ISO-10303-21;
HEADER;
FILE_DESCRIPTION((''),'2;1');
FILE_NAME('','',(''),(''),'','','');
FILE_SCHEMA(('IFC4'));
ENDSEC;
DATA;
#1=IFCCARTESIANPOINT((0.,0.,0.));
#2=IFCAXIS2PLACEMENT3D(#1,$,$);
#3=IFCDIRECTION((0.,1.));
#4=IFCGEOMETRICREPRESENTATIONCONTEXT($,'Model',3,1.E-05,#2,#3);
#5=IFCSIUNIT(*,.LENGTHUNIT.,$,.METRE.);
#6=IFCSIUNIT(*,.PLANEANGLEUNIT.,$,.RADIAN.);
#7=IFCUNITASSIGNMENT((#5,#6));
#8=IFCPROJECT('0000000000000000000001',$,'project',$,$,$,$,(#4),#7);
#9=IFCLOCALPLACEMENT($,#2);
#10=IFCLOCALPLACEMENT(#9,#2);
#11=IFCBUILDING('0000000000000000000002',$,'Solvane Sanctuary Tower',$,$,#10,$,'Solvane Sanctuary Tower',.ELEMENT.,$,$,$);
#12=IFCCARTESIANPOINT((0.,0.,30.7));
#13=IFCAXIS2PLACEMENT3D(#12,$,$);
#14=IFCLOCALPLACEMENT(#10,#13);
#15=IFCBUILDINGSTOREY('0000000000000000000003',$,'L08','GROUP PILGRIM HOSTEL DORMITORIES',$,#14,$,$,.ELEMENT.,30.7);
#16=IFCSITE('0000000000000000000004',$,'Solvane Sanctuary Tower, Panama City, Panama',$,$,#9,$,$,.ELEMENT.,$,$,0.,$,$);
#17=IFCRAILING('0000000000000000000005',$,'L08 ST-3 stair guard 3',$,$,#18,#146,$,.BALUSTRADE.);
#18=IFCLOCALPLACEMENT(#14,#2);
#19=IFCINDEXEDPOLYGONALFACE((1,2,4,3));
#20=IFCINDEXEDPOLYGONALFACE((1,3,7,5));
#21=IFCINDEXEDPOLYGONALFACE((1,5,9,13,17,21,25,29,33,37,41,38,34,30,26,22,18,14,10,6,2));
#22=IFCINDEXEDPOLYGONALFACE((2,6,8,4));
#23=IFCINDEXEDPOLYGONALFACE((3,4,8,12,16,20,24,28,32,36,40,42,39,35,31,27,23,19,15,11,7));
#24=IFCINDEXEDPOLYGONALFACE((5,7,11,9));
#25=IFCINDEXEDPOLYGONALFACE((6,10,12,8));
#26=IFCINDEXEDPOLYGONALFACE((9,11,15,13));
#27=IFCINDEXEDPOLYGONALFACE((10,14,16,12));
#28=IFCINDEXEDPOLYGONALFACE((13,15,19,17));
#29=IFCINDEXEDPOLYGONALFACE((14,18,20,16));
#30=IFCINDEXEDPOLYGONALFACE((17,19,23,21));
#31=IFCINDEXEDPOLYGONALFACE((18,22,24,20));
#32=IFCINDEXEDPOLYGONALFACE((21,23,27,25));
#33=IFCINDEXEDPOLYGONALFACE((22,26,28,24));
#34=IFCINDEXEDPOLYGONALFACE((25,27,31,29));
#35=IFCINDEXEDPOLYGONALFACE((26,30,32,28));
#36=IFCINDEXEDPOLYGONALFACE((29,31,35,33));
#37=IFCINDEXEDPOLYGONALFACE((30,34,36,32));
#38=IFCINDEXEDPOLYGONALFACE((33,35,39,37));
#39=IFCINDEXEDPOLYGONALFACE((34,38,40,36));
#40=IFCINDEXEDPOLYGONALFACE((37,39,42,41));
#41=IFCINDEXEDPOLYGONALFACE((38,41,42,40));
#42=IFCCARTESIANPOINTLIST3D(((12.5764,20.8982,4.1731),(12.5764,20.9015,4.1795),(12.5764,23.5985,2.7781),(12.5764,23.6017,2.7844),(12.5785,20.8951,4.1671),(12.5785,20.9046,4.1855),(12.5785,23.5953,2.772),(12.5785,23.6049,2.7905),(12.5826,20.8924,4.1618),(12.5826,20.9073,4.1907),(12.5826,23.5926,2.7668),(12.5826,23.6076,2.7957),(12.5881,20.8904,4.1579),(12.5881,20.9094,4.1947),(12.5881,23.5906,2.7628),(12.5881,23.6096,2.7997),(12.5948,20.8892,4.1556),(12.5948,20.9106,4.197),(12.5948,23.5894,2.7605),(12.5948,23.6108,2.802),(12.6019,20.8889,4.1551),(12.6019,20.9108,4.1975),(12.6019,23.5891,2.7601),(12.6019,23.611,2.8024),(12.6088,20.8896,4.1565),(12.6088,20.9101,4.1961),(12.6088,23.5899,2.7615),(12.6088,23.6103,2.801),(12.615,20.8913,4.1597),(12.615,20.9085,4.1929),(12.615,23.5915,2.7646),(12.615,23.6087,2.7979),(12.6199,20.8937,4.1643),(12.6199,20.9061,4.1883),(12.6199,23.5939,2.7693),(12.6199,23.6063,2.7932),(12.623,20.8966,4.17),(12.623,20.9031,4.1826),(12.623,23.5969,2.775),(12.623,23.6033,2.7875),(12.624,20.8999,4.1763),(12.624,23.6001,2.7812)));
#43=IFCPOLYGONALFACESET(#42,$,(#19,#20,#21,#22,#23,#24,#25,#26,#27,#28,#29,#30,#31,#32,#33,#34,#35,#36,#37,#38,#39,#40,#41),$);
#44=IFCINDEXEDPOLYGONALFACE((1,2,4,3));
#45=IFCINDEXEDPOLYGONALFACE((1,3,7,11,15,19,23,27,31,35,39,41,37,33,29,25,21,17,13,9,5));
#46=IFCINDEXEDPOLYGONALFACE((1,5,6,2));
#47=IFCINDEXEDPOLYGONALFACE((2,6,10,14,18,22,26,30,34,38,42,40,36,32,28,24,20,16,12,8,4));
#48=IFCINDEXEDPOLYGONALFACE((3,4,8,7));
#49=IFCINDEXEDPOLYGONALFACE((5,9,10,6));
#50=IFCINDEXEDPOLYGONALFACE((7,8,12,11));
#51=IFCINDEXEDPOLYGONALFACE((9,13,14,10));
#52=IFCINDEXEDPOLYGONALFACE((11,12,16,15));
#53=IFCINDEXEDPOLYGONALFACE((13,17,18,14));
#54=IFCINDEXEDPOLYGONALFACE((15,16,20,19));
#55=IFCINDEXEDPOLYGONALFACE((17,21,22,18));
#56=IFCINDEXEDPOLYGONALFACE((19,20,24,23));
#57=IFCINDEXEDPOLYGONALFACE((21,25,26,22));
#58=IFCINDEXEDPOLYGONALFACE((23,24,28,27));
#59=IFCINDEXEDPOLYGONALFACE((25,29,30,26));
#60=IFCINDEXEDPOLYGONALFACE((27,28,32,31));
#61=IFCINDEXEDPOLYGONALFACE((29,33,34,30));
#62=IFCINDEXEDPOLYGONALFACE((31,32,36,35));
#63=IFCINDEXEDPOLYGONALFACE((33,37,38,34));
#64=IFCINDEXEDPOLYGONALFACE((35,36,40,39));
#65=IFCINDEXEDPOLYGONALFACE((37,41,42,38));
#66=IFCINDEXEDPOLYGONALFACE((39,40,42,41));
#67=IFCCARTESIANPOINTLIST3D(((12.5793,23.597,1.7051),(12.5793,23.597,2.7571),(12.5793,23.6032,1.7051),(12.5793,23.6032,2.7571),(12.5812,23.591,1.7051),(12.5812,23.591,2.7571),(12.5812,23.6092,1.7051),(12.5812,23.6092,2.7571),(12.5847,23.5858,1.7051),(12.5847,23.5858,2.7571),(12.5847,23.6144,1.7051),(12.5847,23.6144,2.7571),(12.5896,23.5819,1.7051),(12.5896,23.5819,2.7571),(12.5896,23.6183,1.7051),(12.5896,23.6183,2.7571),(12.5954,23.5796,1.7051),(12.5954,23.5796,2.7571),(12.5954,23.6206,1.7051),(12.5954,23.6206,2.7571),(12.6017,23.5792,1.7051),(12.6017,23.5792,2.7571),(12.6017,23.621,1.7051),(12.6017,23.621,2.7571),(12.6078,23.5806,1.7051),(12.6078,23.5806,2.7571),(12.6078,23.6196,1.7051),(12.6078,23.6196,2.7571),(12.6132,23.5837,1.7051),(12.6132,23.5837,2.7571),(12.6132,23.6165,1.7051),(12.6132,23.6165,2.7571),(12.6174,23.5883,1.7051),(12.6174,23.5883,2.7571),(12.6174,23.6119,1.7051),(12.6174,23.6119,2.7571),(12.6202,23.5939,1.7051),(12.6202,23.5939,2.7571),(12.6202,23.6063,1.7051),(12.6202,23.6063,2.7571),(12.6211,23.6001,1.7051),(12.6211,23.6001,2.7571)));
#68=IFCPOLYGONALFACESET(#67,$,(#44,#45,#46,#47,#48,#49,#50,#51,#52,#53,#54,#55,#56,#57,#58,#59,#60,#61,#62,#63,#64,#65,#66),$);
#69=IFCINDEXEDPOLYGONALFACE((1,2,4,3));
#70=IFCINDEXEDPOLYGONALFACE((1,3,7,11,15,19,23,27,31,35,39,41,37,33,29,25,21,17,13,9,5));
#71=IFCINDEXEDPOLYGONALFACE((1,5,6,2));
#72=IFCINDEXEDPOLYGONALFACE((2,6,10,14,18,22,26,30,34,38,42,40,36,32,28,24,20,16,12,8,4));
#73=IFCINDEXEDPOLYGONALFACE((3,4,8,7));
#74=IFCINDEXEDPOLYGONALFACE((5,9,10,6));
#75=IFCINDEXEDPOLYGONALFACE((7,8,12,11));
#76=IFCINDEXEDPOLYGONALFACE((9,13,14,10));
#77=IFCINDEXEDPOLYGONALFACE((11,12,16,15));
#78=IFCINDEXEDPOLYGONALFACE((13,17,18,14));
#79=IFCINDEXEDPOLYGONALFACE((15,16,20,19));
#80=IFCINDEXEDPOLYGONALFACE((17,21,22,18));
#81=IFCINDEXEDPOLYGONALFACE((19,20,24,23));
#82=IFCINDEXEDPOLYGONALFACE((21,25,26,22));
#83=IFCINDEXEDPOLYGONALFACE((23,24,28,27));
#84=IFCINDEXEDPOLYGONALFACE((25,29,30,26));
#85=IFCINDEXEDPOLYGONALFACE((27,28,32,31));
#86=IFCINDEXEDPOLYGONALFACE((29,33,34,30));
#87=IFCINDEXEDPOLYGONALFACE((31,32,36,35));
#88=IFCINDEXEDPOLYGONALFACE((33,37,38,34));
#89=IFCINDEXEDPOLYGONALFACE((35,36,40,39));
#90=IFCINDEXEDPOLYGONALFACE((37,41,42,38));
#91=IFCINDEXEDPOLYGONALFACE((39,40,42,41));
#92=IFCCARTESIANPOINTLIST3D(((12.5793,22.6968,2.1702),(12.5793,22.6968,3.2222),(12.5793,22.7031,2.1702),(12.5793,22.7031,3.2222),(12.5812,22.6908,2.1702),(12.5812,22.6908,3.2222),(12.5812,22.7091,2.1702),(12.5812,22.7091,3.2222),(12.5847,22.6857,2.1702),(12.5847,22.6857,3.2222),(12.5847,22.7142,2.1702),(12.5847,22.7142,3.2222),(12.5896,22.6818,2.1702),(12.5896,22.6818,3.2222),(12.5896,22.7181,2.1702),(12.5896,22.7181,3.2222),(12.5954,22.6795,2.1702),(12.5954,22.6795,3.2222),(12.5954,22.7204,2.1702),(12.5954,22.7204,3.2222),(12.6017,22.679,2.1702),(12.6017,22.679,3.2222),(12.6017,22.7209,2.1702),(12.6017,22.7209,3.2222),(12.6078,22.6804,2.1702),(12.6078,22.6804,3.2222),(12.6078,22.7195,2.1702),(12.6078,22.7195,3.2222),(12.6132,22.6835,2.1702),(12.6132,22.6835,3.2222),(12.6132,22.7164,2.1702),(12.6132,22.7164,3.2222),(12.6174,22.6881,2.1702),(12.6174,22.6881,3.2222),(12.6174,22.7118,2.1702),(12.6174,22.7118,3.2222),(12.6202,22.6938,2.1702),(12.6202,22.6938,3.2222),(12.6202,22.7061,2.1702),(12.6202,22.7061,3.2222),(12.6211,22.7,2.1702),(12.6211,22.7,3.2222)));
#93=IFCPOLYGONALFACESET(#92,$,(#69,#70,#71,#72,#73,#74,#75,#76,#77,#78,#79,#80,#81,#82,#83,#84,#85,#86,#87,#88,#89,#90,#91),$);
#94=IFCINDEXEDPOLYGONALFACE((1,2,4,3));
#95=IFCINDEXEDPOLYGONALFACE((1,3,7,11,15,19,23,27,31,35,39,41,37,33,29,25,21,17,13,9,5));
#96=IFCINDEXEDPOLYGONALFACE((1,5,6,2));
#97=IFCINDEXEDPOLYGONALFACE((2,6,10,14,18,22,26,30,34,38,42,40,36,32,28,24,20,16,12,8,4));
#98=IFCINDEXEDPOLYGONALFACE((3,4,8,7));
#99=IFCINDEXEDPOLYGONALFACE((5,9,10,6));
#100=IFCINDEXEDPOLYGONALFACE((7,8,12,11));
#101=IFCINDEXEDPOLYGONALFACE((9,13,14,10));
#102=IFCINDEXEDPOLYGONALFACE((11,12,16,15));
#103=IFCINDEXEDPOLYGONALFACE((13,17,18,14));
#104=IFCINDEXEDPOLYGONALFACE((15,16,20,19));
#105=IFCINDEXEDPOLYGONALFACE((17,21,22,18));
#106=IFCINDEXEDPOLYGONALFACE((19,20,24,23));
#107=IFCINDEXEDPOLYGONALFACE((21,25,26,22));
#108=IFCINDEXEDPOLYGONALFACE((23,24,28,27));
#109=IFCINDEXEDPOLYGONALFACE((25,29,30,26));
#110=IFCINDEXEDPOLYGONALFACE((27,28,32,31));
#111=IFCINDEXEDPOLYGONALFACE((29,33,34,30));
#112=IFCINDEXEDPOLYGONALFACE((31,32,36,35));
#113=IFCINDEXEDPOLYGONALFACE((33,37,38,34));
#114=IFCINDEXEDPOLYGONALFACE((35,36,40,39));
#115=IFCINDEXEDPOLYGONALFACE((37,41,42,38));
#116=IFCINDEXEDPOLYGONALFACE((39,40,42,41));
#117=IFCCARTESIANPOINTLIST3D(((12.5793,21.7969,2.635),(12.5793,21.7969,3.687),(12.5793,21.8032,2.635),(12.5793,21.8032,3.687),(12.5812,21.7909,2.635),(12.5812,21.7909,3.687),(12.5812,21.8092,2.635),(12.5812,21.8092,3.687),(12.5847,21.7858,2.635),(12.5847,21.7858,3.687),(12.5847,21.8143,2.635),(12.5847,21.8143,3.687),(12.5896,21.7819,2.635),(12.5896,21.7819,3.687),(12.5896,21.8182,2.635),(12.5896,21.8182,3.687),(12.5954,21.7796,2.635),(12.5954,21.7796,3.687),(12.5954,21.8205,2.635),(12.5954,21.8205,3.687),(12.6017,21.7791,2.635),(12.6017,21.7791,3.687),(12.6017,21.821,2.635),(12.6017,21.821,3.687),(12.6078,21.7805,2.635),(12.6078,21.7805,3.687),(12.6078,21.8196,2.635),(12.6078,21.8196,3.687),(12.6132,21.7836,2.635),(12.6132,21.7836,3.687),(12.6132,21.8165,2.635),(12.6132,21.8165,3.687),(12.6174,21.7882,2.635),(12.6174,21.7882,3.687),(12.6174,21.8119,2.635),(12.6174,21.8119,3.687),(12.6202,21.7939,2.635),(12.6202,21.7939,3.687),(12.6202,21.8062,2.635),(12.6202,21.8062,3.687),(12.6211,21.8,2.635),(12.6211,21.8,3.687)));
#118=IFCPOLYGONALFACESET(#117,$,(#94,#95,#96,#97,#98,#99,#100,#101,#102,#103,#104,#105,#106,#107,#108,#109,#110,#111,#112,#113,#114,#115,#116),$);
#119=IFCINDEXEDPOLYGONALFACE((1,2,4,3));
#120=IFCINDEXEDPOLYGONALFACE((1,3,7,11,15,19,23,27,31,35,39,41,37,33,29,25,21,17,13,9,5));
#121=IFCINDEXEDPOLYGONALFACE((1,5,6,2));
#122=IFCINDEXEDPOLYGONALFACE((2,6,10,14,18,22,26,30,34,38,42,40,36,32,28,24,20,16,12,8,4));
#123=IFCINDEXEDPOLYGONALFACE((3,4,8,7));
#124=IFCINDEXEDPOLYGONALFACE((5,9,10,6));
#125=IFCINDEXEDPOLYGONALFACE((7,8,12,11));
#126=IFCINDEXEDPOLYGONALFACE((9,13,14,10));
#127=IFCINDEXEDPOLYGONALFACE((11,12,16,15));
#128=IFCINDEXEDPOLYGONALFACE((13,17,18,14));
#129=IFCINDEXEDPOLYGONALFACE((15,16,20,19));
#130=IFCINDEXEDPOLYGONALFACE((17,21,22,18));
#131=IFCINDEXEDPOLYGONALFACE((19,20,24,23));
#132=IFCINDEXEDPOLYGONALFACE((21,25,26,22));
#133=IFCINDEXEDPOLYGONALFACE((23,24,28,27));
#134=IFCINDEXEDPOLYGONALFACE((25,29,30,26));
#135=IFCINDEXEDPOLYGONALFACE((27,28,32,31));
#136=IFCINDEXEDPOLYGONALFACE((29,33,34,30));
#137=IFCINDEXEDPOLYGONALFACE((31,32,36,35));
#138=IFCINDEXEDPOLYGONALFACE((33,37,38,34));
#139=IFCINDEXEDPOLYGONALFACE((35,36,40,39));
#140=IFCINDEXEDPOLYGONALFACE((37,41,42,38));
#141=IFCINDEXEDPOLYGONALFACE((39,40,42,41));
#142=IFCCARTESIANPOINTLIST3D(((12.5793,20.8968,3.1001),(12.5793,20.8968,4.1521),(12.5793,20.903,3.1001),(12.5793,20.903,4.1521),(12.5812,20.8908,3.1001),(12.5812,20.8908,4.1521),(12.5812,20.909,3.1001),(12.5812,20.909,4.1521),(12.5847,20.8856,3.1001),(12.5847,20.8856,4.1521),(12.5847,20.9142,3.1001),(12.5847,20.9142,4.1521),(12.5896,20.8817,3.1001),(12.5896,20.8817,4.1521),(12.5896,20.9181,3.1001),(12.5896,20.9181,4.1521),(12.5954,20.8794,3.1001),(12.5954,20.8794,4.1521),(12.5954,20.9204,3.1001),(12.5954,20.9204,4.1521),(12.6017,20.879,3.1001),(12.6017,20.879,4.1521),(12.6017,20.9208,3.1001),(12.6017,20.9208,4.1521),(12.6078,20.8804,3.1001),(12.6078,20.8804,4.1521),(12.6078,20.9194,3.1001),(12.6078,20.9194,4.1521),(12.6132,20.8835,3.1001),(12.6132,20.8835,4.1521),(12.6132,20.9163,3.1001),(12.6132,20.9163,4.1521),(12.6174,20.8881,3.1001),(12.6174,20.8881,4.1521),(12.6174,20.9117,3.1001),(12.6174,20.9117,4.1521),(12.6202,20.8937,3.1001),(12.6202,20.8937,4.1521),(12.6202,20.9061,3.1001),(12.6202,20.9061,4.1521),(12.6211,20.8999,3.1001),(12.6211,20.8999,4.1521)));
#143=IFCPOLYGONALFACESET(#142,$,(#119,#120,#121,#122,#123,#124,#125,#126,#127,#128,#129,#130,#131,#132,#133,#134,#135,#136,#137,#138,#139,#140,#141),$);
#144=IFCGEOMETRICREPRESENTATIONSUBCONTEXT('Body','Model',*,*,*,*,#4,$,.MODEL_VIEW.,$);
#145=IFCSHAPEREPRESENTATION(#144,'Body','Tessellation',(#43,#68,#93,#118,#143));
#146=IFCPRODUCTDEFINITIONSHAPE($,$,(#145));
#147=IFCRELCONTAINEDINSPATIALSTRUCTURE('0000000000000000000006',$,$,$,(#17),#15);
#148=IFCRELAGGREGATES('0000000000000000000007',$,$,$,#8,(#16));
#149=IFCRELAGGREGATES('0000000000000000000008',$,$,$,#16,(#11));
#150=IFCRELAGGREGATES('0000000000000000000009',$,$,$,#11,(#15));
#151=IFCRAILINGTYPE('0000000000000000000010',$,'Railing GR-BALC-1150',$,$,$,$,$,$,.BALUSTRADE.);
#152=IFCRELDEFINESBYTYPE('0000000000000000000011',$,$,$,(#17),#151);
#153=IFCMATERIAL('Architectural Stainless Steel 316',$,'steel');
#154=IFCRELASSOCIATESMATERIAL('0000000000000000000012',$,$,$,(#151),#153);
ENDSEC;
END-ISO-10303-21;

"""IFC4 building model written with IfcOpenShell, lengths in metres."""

from ifc_helpers import new_model, si_unit, direction, frame, origin, origin_2d, place, context, subcontext, project, spatial, circle, extrude, material, type_object, element, save


model = new_model("IFC4")

# Units and contexts
model_context = context("Model", 3, precision=1e-05, world=origin(), true_north=direction((0.0, 1.0)))
body_context = subcontext(model_context, "Body", "Model", "MODEL_VIEW")
ifc_project = project(units=[si_unit("LENGTHUNIT", "METRE"), si_unit("PLANEANGLEUNIT", "RADIAN")], contexts=[model_context])

# Site, building, storey
site_placement = place(None, origin())
site = spatial("IfcSite", under=ifc_project, at=site_placement, Name="Solvane Sanctuary Tower, Panama City, Panama", CompositionType="ELEMENT", RefElevation=0.0)
building_placement = place(site_placement, origin())
building = spatial("IfcBuilding", under=site, at=building_placement, Name="Solvane Sanctuary Tower", LongName="Solvane Sanctuary Tower", CompositionType="ELEMENT")
storey_placement = place(building_placement, frame((0.0, 0.0, 30.7)))
storey = spatial("IfcBuildingStorey", under=building, at=storey_placement, Name="L08", Description="GROUP PILGRIM HOSTEL DORMITORIES", CompositionType="ELEMENT", Elevation=30.7)

# Railing
ifc_material_1 = material(Name="Architectural Stainless Steel 316", Category="steel")
railing_type_1 = type_object("IfcRailingType", Name="Railing GR-BALC-1150", PredefinedType="BALUSTRADE", material=ifc_material_1)
railing_1_placement = place(storey_placement, frame((12.6001, 23.6001, 1.7051)))
element("IfcRailing", 1, at=railing_1_placement, inside=storey, type_object=railing_type_1, Name="L08 ST-3 stair guard 3", PredefinedType="BALUSTRADE", context=body_context, shape_type="SweptSolid", body=[
    extrude(circle(Radius=0.0239, at=origin_2d()), frame((0.0, 0.0, 1.0762), z_axis=(0.0, -0.888437, 0.458999), x_axis=(1.0, 0.0, 0.0)), (0.0, 0.0, 1.0), 3.0393),
    extrude(circle(Radius=0.021, at=origin_2d()), origin(), (0.0, 0.0, 1.0), 1.052),
    extrude(circle(Radius=0.021, at=origin_2d()), frame((0.0, -0.9001, 0.4651)), (0.0, 0.0, 1.0), 1.052),
    extrude(circle(Radius=0.021, at=origin_2d()), frame((0.0, -1.8, 0.9299)), (0.0, 0.0, 1.0), 1.052),
    extrude(circle(Radius=0.021, at=origin_2d()), frame((0.0, -2.7002, 1.395)), (0.0, 0.0, 1.0), 1.052),
])

save(model, "model.ifc")
